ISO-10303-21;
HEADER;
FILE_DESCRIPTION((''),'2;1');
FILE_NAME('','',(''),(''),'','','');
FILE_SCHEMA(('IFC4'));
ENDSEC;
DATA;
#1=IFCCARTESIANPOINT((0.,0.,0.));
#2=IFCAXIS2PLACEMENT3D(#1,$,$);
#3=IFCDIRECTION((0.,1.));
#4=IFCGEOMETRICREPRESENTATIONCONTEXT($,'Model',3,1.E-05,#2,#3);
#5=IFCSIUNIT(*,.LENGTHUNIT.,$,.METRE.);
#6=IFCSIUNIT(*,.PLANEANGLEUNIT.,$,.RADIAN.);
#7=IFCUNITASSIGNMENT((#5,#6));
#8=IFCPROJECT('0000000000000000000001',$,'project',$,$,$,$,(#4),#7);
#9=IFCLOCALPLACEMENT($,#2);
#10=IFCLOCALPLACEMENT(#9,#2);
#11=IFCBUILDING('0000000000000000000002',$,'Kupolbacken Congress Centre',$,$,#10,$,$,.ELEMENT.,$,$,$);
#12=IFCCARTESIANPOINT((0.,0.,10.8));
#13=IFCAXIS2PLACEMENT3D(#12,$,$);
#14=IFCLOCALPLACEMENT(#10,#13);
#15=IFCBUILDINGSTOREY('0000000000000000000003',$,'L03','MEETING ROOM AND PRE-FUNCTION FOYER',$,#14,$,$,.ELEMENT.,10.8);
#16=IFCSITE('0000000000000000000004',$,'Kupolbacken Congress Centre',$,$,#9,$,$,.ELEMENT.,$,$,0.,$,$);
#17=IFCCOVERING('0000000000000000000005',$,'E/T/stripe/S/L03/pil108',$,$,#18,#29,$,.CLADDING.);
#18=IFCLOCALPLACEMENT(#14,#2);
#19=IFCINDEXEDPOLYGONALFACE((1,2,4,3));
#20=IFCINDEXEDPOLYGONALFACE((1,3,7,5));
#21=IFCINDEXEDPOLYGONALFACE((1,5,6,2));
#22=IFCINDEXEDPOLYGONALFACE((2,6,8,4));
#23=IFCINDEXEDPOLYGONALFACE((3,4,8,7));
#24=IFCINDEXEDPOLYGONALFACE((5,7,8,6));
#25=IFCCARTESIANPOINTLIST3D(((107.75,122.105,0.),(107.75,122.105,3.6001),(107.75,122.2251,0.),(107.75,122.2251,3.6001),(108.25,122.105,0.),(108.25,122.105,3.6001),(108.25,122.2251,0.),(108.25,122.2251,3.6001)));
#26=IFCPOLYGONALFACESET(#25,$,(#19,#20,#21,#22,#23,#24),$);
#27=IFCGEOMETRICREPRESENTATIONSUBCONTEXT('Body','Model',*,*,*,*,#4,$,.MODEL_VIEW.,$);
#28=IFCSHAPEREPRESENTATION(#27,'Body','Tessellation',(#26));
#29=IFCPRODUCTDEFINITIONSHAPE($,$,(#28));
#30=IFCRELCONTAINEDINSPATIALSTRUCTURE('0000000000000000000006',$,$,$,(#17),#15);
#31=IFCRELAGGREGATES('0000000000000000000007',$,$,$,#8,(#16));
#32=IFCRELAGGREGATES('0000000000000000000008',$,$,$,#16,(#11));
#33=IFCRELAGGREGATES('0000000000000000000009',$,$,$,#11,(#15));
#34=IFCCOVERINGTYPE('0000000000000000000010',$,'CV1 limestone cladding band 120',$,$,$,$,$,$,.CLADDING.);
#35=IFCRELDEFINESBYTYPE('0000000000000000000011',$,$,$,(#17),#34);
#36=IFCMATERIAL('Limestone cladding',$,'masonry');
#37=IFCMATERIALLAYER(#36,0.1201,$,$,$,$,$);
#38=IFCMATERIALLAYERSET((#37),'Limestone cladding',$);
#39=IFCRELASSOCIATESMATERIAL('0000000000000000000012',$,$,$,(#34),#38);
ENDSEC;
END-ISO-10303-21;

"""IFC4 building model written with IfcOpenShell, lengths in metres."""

from ifc_helpers import new_model, si_unit, direction, frame, origin, origin_2d, place, context, subcontext, project, spatial, rectangle, extrude, material, layer, layer_set, type_object, element, save


model = new_model("IFC4")

# Units and contexts
model_context = context("Model", 3, precision=1e-05, world=origin(), true_north=direction((0.0, 1.0)))
body_context = subcontext(model_context, "Body", "Model", "MODEL_VIEW")
ifc_project = project(units=[si_unit("LENGTHUNIT", "METRE"), si_unit("PLANEANGLEUNIT", "RADIAN")], contexts=[model_context])

# Site, building, storey
site_placement = place(None, origin())
site = spatial("IfcSite", under=ifc_project, at=site_placement, Name="Kupolbacken Congress Centre", CompositionType="ELEMENT", RefElevation=0.0)
building_placement = place(site_placement, origin())
building = spatial("IfcBuilding", under=site, at=building_placement, Name="Kupolbacken Congress Centre", CompositionType="ELEMENT")
storey_placement = place(building_placement, frame((0.0, 0.0, 10.8)))
storey = spatial("IfcBuildingStorey", under=building, at=storey_placement, Name="L03", Description="MEETING ROOM AND PRE-FUNCTION FOYER", CompositionType="ELEMENT", Elevation=10.8)

# Covering
ifc_material_1 = material(Name="Limestone cladding", Category="masonry")
ifc_layer_1 = layer(ifc_material_1, 0.1201)
ifc_layer_set_1 = layer_set([ifc_layer_1], Name="Limestone cladding")
covering_type = type_object("IfcCoveringType", Name="CV1 limestone cladding band 120", PredefinedType="CLADDING", material=ifc_layer_set_1)
covering_placement = place(storey_placement, frame((108.0, 122.165, 0.0), z_axis=(0.0, 0.0, 1.0), x_axis=(1.0, 0.0, 0.0)))
element("IfcCovering", 1, at=covering_placement, inside=storey, type_object=covering_type, Name="E/T/stripe/S/L03/pil108", PredefinedType="CLADDING", context=body_context, shape_type="SweptSolid", body=[
    extrude(rectangle(XDim=0.5, YDim=0.1201, at=origin_2d()), origin(), (0.0, 0.0, 1.0), 3.6001),
])

save(model, "model.ifc")
